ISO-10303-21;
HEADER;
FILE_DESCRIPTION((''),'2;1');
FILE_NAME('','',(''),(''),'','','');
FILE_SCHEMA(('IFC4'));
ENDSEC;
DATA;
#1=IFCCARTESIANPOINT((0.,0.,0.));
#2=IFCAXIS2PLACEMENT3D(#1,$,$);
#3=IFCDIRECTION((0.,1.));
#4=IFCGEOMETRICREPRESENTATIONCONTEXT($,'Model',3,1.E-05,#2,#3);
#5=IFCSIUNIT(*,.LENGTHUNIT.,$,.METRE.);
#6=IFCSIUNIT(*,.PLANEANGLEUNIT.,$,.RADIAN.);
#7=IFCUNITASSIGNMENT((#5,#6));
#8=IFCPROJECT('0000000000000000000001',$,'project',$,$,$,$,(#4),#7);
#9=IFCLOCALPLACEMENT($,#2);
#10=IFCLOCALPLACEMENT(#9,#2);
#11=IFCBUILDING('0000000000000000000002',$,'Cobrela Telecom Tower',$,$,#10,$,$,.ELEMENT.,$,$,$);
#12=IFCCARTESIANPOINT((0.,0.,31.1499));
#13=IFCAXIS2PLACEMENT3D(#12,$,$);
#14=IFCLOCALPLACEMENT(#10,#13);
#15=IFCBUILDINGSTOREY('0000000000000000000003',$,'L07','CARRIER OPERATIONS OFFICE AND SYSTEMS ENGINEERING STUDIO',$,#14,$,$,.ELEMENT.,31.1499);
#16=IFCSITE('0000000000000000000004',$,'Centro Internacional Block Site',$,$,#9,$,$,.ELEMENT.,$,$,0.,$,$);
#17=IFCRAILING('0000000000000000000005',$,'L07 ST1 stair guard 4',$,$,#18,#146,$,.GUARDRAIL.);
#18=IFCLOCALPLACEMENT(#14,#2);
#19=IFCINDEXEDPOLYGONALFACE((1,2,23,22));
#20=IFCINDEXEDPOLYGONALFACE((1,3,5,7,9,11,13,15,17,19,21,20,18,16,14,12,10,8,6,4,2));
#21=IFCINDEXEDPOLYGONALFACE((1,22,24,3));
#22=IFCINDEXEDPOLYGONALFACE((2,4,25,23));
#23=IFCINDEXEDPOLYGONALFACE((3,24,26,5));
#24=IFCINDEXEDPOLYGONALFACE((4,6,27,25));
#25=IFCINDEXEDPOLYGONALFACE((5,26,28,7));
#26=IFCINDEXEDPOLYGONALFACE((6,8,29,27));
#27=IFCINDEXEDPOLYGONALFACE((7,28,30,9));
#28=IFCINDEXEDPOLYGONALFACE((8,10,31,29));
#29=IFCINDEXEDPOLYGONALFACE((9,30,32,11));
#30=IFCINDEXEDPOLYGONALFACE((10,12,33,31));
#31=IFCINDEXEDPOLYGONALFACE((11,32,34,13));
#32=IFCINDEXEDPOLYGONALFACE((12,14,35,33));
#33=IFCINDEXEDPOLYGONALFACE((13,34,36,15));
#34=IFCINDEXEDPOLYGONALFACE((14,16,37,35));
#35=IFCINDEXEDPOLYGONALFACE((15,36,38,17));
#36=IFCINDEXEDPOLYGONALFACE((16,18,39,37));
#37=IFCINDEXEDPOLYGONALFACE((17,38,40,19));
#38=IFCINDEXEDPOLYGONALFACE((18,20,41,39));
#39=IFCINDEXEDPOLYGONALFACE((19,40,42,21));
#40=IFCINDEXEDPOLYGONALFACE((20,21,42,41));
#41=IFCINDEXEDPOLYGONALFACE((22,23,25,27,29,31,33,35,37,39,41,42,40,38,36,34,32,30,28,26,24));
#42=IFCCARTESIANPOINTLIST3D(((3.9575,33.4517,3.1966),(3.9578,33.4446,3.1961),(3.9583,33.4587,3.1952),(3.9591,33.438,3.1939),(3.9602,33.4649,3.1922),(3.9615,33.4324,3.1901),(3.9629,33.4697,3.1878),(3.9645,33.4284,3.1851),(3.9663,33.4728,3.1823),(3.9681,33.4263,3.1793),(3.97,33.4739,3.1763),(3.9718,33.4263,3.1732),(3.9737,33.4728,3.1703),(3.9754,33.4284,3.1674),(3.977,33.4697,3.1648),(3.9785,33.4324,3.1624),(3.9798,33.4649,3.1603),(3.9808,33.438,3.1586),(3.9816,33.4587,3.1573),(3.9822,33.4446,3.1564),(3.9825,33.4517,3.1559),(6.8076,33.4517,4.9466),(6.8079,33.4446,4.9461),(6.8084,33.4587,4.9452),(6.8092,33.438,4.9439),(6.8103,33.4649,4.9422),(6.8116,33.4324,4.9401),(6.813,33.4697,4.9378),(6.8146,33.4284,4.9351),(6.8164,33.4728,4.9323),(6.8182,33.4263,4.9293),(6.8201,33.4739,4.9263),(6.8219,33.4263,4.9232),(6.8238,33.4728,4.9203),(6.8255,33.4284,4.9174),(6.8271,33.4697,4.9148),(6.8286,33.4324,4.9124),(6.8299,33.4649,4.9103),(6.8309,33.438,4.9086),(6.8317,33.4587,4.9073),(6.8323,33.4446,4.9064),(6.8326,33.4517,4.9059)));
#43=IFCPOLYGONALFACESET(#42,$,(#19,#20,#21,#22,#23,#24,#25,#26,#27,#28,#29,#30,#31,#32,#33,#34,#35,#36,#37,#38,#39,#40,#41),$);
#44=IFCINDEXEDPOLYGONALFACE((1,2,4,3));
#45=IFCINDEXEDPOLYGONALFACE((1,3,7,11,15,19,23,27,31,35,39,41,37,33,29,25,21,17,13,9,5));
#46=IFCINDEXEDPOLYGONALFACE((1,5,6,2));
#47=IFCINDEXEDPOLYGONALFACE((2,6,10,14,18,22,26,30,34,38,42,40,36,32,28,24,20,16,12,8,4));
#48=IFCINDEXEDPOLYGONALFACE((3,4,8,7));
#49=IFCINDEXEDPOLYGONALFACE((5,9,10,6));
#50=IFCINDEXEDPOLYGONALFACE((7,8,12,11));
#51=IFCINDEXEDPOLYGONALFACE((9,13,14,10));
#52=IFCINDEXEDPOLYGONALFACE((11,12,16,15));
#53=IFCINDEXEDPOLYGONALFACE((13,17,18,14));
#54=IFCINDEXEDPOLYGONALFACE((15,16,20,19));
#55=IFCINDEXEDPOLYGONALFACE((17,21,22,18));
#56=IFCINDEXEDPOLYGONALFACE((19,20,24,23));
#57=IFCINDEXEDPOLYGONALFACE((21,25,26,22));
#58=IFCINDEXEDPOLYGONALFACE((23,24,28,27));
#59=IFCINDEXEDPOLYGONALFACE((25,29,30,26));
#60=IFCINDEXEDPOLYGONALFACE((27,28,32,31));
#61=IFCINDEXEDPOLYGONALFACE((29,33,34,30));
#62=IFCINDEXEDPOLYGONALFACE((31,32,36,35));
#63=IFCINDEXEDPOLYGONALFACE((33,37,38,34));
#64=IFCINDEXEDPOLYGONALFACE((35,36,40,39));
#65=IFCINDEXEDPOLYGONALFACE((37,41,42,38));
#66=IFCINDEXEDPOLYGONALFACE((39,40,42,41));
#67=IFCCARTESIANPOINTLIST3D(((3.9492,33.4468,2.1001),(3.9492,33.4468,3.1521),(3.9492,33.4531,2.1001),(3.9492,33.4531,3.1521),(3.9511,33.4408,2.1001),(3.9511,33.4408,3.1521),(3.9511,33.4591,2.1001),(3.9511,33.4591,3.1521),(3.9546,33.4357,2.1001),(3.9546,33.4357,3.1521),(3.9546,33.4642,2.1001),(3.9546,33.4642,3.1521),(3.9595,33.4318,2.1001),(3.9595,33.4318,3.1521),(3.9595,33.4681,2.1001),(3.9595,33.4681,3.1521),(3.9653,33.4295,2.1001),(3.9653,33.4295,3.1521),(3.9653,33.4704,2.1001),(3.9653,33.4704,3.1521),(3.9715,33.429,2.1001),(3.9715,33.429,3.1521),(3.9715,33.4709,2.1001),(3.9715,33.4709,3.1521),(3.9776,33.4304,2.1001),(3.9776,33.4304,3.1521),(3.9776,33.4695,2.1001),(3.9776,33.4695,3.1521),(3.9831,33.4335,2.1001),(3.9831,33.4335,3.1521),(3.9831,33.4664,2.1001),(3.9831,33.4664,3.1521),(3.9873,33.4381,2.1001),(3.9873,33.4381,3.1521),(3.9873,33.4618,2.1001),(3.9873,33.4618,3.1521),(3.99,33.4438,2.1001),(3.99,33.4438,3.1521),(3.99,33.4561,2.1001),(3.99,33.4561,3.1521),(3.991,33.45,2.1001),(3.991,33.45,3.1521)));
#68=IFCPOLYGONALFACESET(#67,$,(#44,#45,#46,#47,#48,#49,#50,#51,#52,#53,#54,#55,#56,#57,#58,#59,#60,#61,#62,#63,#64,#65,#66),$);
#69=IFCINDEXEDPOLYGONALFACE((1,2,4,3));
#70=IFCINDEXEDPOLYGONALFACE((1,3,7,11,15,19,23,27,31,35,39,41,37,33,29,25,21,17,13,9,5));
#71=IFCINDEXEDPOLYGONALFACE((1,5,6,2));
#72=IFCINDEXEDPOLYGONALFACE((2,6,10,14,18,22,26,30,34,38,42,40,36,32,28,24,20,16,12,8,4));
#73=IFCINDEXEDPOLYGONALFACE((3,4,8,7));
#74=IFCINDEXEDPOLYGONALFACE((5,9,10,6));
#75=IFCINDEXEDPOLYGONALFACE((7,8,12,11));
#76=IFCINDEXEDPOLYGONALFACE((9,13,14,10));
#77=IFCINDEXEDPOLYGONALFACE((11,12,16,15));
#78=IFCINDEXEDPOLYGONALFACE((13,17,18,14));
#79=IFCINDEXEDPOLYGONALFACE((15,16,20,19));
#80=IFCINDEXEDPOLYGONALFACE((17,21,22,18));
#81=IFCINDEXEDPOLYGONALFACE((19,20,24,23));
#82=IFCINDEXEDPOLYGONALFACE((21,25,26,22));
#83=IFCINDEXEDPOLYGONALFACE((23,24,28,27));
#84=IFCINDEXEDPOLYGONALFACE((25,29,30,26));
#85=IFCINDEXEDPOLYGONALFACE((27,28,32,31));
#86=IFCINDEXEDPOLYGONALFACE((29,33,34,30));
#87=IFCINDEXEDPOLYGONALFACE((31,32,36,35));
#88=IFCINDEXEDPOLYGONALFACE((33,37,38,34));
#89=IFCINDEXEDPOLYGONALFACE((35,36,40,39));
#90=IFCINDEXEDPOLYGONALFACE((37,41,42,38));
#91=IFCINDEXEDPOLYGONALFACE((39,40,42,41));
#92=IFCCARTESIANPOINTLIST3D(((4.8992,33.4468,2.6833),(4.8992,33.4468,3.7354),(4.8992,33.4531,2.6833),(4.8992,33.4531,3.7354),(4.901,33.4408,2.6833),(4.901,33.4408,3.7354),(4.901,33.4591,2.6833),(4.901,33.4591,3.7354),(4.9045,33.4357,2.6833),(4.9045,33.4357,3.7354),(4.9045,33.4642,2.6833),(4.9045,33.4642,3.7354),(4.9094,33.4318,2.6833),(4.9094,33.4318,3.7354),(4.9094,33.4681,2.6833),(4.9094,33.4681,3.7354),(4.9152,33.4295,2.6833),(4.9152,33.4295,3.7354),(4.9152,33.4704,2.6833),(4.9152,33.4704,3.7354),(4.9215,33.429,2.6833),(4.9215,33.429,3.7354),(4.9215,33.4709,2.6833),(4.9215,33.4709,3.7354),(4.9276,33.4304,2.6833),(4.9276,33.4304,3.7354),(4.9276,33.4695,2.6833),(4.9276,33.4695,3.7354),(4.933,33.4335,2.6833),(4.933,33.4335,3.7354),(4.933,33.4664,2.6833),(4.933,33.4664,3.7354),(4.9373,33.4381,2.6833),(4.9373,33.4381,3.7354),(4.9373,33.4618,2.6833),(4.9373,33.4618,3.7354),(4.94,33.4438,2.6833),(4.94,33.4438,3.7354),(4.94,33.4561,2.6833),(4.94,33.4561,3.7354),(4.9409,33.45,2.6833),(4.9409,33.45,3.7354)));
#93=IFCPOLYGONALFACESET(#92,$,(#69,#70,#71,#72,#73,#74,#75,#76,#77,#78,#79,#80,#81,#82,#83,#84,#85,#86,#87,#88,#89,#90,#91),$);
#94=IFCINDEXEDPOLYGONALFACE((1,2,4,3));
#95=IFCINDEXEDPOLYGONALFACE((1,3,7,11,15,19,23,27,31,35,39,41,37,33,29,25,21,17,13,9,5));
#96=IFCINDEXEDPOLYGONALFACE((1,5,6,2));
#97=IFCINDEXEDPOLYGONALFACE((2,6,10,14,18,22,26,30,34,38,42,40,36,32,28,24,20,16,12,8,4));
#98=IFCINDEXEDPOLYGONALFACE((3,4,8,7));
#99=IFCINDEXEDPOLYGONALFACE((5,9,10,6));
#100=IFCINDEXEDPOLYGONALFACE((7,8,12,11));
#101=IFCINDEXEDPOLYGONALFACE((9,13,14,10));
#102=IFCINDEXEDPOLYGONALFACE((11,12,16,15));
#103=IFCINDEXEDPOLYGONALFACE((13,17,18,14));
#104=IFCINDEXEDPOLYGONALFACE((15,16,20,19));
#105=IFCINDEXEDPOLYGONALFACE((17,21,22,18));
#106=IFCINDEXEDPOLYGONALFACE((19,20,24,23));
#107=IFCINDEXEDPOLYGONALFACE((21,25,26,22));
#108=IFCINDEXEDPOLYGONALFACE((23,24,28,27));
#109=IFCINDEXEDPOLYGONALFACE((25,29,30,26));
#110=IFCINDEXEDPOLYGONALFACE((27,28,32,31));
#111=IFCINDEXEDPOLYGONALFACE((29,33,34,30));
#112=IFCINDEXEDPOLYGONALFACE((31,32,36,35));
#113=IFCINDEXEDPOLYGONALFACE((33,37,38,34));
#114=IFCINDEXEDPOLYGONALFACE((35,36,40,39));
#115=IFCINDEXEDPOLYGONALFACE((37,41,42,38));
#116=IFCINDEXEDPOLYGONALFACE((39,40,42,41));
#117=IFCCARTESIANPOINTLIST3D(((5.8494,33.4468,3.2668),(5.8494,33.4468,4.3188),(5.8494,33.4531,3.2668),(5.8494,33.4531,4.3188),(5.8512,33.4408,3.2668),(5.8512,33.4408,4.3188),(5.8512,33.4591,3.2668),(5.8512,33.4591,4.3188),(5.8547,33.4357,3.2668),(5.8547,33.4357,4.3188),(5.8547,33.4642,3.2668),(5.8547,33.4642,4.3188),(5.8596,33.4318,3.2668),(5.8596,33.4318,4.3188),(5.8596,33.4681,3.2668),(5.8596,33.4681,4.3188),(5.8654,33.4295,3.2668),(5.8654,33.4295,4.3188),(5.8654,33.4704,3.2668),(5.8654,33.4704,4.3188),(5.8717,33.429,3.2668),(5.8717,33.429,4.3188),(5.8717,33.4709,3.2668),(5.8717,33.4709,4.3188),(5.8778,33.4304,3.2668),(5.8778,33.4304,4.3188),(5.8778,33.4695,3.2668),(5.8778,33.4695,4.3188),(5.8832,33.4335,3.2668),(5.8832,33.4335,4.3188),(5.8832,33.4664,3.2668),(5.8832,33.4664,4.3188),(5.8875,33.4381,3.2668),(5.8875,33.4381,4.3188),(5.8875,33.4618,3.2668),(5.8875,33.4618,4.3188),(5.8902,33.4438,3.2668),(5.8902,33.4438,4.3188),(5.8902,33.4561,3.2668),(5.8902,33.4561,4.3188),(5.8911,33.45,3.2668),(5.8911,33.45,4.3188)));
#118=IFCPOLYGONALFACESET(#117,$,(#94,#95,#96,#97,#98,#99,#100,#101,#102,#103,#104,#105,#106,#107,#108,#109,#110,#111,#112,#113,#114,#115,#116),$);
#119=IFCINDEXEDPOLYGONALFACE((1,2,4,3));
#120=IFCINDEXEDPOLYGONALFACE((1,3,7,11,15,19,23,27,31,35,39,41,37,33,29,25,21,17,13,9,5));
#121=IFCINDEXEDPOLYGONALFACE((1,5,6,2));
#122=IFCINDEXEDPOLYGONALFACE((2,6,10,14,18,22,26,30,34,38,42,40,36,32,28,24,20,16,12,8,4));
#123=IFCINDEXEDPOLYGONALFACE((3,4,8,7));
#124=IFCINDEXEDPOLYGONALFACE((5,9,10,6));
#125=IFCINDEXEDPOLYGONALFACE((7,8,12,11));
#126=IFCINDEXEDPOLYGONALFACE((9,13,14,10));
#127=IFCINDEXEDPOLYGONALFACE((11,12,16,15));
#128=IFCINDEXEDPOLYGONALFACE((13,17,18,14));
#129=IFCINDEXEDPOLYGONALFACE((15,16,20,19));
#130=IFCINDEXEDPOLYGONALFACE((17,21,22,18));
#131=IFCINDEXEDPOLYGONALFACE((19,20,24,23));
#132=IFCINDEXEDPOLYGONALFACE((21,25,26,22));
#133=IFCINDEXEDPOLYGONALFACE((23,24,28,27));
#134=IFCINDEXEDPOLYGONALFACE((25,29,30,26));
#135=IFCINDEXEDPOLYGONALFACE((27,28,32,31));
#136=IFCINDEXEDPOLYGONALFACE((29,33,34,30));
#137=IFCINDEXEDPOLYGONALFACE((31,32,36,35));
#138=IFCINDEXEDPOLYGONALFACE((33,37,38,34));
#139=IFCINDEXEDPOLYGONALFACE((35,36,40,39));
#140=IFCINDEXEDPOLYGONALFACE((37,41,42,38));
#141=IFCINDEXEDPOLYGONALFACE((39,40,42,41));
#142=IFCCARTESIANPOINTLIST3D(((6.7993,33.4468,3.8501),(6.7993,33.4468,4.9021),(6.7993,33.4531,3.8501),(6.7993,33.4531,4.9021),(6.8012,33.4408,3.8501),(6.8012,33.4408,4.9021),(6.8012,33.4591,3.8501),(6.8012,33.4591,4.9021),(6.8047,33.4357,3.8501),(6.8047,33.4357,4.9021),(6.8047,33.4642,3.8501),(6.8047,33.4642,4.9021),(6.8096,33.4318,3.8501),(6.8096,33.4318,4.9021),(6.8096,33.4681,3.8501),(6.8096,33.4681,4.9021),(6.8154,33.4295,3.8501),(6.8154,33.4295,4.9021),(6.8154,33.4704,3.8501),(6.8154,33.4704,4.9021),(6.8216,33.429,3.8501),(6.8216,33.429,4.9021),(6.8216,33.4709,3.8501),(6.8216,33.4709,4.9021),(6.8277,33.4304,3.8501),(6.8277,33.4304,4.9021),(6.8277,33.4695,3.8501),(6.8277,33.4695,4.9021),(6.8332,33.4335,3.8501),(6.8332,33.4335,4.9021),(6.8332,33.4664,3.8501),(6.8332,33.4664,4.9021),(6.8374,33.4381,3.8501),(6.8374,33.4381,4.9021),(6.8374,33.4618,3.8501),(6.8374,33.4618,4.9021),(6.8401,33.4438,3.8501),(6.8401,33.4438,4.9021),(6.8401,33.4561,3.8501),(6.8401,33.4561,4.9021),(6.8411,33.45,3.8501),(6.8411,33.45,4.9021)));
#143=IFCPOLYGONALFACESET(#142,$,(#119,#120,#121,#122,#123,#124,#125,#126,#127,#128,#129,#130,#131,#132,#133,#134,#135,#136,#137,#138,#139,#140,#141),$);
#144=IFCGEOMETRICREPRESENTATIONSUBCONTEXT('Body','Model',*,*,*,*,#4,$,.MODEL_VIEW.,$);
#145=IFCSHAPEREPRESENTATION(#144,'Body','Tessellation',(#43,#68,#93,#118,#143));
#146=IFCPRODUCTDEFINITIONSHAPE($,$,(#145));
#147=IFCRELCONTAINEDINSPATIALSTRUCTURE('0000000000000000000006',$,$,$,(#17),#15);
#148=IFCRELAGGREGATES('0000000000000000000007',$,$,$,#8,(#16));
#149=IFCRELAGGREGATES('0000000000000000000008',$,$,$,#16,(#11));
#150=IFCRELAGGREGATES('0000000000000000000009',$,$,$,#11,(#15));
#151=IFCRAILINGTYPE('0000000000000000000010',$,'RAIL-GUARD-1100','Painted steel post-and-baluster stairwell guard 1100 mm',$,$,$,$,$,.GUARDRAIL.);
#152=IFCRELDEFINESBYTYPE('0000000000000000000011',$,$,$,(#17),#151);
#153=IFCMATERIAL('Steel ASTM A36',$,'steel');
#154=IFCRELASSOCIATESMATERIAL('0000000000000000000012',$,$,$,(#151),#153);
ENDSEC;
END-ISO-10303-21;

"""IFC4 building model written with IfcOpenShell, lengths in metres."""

from ifc_helpers import new_model, si_unit, direction, frame, origin, origin_2d, place, context, subcontext, project, spatial, circle, extrude, material, type_object, element, save


model = new_model("IFC4")

# Units and contexts
model_context = context("Model", 3, precision=1e-05, world=origin(), true_north=direction((0.0, 1.0)))
body_context = subcontext(model_context, "Body", "Model", "MODEL_VIEW")
ifc_project = project(units=[si_unit("LENGTHUNIT", "METRE"), si_unit("PLANEANGLEUNIT", "RADIAN")], contexts=[model_context])

# Site, building, storey
site_placement = place(None, origin())
site = spatial("IfcSite", under=ifc_project, at=site_placement, Name="Centro Internacional Block Site", CompositionType="ELEMENT", RefElevation=0.0)
building_placement = place(site_placement, origin())
building = spatial("IfcBuilding", under=site, at=building_placement, Name="Cobrela Telecom Tower", CompositionType="ELEMENT")
storey_placement = place(building_placement, frame((0.0, 0.0, 31.1499)))
storey = spatial("IfcBuildingStorey", under=building, at=storey_placement, Name="L07", Description="CARRIER OPERATIONS OFFICE AND SYSTEMS ENGINEERING STUDIO", CompositionType="ELEMENT", Elevation=31.1499)

# Shared definitions
ifc_material_1 = material(Name="Steel ASTM A36", Category="steel")

# Railing
railing_type_1 = type_object("IfcRailingType", Name="RAIL-GUARD-1100", Description="Painted steel post-and-baluster stairwell guard 1100 mm", PredefinedType="GUARDRAIL", material=ifc_material_1)
railing_1_placement = place(storey_placement, frame((3.97, 33.45, 2.1001)))
element("IfcRailing", 1, at=railing_1_placement, inside=storey, type_object=railing_type_1, Name="L07 ST1 stair guard 4", PredefinedType="GUARDRAIL", context=body_context, shape_type="SweptSolid", body=[
    extrude(circle(Radius=0.0239, at=origin_2d()), frame((0.0, 0.0, 1.0762), z_axis=(0.852179, 0.0, 0.52325), x_axis=(0.0, 1.0, 0.0)), (0.0, 0.0, 1.0), 3.3445),
    extrude(circle(Radius=0.021, at=origin_2d()), origin(), (0.0, 0.0, 1.0), 1.052),
    extrude(circle(Radius=0.021, at=origin_2d()), frame((0.95, 0.0, 0.5833)), (0.0, 0.0, 1.0), 1.052),
    extrude(circle(Radius=0.021, at=origin_2d()), frame((1.9001, 0.0, 1.1667)), (0.0, 0.0, 1.0), 1.052),
    extrude(circle(Radius=0.021, at=origin_2d()), frame((2.8501, 0.0, 1.75)), (0.0, 0.0, 1.0), 1.052),
])

save(model, "model.ifc")
